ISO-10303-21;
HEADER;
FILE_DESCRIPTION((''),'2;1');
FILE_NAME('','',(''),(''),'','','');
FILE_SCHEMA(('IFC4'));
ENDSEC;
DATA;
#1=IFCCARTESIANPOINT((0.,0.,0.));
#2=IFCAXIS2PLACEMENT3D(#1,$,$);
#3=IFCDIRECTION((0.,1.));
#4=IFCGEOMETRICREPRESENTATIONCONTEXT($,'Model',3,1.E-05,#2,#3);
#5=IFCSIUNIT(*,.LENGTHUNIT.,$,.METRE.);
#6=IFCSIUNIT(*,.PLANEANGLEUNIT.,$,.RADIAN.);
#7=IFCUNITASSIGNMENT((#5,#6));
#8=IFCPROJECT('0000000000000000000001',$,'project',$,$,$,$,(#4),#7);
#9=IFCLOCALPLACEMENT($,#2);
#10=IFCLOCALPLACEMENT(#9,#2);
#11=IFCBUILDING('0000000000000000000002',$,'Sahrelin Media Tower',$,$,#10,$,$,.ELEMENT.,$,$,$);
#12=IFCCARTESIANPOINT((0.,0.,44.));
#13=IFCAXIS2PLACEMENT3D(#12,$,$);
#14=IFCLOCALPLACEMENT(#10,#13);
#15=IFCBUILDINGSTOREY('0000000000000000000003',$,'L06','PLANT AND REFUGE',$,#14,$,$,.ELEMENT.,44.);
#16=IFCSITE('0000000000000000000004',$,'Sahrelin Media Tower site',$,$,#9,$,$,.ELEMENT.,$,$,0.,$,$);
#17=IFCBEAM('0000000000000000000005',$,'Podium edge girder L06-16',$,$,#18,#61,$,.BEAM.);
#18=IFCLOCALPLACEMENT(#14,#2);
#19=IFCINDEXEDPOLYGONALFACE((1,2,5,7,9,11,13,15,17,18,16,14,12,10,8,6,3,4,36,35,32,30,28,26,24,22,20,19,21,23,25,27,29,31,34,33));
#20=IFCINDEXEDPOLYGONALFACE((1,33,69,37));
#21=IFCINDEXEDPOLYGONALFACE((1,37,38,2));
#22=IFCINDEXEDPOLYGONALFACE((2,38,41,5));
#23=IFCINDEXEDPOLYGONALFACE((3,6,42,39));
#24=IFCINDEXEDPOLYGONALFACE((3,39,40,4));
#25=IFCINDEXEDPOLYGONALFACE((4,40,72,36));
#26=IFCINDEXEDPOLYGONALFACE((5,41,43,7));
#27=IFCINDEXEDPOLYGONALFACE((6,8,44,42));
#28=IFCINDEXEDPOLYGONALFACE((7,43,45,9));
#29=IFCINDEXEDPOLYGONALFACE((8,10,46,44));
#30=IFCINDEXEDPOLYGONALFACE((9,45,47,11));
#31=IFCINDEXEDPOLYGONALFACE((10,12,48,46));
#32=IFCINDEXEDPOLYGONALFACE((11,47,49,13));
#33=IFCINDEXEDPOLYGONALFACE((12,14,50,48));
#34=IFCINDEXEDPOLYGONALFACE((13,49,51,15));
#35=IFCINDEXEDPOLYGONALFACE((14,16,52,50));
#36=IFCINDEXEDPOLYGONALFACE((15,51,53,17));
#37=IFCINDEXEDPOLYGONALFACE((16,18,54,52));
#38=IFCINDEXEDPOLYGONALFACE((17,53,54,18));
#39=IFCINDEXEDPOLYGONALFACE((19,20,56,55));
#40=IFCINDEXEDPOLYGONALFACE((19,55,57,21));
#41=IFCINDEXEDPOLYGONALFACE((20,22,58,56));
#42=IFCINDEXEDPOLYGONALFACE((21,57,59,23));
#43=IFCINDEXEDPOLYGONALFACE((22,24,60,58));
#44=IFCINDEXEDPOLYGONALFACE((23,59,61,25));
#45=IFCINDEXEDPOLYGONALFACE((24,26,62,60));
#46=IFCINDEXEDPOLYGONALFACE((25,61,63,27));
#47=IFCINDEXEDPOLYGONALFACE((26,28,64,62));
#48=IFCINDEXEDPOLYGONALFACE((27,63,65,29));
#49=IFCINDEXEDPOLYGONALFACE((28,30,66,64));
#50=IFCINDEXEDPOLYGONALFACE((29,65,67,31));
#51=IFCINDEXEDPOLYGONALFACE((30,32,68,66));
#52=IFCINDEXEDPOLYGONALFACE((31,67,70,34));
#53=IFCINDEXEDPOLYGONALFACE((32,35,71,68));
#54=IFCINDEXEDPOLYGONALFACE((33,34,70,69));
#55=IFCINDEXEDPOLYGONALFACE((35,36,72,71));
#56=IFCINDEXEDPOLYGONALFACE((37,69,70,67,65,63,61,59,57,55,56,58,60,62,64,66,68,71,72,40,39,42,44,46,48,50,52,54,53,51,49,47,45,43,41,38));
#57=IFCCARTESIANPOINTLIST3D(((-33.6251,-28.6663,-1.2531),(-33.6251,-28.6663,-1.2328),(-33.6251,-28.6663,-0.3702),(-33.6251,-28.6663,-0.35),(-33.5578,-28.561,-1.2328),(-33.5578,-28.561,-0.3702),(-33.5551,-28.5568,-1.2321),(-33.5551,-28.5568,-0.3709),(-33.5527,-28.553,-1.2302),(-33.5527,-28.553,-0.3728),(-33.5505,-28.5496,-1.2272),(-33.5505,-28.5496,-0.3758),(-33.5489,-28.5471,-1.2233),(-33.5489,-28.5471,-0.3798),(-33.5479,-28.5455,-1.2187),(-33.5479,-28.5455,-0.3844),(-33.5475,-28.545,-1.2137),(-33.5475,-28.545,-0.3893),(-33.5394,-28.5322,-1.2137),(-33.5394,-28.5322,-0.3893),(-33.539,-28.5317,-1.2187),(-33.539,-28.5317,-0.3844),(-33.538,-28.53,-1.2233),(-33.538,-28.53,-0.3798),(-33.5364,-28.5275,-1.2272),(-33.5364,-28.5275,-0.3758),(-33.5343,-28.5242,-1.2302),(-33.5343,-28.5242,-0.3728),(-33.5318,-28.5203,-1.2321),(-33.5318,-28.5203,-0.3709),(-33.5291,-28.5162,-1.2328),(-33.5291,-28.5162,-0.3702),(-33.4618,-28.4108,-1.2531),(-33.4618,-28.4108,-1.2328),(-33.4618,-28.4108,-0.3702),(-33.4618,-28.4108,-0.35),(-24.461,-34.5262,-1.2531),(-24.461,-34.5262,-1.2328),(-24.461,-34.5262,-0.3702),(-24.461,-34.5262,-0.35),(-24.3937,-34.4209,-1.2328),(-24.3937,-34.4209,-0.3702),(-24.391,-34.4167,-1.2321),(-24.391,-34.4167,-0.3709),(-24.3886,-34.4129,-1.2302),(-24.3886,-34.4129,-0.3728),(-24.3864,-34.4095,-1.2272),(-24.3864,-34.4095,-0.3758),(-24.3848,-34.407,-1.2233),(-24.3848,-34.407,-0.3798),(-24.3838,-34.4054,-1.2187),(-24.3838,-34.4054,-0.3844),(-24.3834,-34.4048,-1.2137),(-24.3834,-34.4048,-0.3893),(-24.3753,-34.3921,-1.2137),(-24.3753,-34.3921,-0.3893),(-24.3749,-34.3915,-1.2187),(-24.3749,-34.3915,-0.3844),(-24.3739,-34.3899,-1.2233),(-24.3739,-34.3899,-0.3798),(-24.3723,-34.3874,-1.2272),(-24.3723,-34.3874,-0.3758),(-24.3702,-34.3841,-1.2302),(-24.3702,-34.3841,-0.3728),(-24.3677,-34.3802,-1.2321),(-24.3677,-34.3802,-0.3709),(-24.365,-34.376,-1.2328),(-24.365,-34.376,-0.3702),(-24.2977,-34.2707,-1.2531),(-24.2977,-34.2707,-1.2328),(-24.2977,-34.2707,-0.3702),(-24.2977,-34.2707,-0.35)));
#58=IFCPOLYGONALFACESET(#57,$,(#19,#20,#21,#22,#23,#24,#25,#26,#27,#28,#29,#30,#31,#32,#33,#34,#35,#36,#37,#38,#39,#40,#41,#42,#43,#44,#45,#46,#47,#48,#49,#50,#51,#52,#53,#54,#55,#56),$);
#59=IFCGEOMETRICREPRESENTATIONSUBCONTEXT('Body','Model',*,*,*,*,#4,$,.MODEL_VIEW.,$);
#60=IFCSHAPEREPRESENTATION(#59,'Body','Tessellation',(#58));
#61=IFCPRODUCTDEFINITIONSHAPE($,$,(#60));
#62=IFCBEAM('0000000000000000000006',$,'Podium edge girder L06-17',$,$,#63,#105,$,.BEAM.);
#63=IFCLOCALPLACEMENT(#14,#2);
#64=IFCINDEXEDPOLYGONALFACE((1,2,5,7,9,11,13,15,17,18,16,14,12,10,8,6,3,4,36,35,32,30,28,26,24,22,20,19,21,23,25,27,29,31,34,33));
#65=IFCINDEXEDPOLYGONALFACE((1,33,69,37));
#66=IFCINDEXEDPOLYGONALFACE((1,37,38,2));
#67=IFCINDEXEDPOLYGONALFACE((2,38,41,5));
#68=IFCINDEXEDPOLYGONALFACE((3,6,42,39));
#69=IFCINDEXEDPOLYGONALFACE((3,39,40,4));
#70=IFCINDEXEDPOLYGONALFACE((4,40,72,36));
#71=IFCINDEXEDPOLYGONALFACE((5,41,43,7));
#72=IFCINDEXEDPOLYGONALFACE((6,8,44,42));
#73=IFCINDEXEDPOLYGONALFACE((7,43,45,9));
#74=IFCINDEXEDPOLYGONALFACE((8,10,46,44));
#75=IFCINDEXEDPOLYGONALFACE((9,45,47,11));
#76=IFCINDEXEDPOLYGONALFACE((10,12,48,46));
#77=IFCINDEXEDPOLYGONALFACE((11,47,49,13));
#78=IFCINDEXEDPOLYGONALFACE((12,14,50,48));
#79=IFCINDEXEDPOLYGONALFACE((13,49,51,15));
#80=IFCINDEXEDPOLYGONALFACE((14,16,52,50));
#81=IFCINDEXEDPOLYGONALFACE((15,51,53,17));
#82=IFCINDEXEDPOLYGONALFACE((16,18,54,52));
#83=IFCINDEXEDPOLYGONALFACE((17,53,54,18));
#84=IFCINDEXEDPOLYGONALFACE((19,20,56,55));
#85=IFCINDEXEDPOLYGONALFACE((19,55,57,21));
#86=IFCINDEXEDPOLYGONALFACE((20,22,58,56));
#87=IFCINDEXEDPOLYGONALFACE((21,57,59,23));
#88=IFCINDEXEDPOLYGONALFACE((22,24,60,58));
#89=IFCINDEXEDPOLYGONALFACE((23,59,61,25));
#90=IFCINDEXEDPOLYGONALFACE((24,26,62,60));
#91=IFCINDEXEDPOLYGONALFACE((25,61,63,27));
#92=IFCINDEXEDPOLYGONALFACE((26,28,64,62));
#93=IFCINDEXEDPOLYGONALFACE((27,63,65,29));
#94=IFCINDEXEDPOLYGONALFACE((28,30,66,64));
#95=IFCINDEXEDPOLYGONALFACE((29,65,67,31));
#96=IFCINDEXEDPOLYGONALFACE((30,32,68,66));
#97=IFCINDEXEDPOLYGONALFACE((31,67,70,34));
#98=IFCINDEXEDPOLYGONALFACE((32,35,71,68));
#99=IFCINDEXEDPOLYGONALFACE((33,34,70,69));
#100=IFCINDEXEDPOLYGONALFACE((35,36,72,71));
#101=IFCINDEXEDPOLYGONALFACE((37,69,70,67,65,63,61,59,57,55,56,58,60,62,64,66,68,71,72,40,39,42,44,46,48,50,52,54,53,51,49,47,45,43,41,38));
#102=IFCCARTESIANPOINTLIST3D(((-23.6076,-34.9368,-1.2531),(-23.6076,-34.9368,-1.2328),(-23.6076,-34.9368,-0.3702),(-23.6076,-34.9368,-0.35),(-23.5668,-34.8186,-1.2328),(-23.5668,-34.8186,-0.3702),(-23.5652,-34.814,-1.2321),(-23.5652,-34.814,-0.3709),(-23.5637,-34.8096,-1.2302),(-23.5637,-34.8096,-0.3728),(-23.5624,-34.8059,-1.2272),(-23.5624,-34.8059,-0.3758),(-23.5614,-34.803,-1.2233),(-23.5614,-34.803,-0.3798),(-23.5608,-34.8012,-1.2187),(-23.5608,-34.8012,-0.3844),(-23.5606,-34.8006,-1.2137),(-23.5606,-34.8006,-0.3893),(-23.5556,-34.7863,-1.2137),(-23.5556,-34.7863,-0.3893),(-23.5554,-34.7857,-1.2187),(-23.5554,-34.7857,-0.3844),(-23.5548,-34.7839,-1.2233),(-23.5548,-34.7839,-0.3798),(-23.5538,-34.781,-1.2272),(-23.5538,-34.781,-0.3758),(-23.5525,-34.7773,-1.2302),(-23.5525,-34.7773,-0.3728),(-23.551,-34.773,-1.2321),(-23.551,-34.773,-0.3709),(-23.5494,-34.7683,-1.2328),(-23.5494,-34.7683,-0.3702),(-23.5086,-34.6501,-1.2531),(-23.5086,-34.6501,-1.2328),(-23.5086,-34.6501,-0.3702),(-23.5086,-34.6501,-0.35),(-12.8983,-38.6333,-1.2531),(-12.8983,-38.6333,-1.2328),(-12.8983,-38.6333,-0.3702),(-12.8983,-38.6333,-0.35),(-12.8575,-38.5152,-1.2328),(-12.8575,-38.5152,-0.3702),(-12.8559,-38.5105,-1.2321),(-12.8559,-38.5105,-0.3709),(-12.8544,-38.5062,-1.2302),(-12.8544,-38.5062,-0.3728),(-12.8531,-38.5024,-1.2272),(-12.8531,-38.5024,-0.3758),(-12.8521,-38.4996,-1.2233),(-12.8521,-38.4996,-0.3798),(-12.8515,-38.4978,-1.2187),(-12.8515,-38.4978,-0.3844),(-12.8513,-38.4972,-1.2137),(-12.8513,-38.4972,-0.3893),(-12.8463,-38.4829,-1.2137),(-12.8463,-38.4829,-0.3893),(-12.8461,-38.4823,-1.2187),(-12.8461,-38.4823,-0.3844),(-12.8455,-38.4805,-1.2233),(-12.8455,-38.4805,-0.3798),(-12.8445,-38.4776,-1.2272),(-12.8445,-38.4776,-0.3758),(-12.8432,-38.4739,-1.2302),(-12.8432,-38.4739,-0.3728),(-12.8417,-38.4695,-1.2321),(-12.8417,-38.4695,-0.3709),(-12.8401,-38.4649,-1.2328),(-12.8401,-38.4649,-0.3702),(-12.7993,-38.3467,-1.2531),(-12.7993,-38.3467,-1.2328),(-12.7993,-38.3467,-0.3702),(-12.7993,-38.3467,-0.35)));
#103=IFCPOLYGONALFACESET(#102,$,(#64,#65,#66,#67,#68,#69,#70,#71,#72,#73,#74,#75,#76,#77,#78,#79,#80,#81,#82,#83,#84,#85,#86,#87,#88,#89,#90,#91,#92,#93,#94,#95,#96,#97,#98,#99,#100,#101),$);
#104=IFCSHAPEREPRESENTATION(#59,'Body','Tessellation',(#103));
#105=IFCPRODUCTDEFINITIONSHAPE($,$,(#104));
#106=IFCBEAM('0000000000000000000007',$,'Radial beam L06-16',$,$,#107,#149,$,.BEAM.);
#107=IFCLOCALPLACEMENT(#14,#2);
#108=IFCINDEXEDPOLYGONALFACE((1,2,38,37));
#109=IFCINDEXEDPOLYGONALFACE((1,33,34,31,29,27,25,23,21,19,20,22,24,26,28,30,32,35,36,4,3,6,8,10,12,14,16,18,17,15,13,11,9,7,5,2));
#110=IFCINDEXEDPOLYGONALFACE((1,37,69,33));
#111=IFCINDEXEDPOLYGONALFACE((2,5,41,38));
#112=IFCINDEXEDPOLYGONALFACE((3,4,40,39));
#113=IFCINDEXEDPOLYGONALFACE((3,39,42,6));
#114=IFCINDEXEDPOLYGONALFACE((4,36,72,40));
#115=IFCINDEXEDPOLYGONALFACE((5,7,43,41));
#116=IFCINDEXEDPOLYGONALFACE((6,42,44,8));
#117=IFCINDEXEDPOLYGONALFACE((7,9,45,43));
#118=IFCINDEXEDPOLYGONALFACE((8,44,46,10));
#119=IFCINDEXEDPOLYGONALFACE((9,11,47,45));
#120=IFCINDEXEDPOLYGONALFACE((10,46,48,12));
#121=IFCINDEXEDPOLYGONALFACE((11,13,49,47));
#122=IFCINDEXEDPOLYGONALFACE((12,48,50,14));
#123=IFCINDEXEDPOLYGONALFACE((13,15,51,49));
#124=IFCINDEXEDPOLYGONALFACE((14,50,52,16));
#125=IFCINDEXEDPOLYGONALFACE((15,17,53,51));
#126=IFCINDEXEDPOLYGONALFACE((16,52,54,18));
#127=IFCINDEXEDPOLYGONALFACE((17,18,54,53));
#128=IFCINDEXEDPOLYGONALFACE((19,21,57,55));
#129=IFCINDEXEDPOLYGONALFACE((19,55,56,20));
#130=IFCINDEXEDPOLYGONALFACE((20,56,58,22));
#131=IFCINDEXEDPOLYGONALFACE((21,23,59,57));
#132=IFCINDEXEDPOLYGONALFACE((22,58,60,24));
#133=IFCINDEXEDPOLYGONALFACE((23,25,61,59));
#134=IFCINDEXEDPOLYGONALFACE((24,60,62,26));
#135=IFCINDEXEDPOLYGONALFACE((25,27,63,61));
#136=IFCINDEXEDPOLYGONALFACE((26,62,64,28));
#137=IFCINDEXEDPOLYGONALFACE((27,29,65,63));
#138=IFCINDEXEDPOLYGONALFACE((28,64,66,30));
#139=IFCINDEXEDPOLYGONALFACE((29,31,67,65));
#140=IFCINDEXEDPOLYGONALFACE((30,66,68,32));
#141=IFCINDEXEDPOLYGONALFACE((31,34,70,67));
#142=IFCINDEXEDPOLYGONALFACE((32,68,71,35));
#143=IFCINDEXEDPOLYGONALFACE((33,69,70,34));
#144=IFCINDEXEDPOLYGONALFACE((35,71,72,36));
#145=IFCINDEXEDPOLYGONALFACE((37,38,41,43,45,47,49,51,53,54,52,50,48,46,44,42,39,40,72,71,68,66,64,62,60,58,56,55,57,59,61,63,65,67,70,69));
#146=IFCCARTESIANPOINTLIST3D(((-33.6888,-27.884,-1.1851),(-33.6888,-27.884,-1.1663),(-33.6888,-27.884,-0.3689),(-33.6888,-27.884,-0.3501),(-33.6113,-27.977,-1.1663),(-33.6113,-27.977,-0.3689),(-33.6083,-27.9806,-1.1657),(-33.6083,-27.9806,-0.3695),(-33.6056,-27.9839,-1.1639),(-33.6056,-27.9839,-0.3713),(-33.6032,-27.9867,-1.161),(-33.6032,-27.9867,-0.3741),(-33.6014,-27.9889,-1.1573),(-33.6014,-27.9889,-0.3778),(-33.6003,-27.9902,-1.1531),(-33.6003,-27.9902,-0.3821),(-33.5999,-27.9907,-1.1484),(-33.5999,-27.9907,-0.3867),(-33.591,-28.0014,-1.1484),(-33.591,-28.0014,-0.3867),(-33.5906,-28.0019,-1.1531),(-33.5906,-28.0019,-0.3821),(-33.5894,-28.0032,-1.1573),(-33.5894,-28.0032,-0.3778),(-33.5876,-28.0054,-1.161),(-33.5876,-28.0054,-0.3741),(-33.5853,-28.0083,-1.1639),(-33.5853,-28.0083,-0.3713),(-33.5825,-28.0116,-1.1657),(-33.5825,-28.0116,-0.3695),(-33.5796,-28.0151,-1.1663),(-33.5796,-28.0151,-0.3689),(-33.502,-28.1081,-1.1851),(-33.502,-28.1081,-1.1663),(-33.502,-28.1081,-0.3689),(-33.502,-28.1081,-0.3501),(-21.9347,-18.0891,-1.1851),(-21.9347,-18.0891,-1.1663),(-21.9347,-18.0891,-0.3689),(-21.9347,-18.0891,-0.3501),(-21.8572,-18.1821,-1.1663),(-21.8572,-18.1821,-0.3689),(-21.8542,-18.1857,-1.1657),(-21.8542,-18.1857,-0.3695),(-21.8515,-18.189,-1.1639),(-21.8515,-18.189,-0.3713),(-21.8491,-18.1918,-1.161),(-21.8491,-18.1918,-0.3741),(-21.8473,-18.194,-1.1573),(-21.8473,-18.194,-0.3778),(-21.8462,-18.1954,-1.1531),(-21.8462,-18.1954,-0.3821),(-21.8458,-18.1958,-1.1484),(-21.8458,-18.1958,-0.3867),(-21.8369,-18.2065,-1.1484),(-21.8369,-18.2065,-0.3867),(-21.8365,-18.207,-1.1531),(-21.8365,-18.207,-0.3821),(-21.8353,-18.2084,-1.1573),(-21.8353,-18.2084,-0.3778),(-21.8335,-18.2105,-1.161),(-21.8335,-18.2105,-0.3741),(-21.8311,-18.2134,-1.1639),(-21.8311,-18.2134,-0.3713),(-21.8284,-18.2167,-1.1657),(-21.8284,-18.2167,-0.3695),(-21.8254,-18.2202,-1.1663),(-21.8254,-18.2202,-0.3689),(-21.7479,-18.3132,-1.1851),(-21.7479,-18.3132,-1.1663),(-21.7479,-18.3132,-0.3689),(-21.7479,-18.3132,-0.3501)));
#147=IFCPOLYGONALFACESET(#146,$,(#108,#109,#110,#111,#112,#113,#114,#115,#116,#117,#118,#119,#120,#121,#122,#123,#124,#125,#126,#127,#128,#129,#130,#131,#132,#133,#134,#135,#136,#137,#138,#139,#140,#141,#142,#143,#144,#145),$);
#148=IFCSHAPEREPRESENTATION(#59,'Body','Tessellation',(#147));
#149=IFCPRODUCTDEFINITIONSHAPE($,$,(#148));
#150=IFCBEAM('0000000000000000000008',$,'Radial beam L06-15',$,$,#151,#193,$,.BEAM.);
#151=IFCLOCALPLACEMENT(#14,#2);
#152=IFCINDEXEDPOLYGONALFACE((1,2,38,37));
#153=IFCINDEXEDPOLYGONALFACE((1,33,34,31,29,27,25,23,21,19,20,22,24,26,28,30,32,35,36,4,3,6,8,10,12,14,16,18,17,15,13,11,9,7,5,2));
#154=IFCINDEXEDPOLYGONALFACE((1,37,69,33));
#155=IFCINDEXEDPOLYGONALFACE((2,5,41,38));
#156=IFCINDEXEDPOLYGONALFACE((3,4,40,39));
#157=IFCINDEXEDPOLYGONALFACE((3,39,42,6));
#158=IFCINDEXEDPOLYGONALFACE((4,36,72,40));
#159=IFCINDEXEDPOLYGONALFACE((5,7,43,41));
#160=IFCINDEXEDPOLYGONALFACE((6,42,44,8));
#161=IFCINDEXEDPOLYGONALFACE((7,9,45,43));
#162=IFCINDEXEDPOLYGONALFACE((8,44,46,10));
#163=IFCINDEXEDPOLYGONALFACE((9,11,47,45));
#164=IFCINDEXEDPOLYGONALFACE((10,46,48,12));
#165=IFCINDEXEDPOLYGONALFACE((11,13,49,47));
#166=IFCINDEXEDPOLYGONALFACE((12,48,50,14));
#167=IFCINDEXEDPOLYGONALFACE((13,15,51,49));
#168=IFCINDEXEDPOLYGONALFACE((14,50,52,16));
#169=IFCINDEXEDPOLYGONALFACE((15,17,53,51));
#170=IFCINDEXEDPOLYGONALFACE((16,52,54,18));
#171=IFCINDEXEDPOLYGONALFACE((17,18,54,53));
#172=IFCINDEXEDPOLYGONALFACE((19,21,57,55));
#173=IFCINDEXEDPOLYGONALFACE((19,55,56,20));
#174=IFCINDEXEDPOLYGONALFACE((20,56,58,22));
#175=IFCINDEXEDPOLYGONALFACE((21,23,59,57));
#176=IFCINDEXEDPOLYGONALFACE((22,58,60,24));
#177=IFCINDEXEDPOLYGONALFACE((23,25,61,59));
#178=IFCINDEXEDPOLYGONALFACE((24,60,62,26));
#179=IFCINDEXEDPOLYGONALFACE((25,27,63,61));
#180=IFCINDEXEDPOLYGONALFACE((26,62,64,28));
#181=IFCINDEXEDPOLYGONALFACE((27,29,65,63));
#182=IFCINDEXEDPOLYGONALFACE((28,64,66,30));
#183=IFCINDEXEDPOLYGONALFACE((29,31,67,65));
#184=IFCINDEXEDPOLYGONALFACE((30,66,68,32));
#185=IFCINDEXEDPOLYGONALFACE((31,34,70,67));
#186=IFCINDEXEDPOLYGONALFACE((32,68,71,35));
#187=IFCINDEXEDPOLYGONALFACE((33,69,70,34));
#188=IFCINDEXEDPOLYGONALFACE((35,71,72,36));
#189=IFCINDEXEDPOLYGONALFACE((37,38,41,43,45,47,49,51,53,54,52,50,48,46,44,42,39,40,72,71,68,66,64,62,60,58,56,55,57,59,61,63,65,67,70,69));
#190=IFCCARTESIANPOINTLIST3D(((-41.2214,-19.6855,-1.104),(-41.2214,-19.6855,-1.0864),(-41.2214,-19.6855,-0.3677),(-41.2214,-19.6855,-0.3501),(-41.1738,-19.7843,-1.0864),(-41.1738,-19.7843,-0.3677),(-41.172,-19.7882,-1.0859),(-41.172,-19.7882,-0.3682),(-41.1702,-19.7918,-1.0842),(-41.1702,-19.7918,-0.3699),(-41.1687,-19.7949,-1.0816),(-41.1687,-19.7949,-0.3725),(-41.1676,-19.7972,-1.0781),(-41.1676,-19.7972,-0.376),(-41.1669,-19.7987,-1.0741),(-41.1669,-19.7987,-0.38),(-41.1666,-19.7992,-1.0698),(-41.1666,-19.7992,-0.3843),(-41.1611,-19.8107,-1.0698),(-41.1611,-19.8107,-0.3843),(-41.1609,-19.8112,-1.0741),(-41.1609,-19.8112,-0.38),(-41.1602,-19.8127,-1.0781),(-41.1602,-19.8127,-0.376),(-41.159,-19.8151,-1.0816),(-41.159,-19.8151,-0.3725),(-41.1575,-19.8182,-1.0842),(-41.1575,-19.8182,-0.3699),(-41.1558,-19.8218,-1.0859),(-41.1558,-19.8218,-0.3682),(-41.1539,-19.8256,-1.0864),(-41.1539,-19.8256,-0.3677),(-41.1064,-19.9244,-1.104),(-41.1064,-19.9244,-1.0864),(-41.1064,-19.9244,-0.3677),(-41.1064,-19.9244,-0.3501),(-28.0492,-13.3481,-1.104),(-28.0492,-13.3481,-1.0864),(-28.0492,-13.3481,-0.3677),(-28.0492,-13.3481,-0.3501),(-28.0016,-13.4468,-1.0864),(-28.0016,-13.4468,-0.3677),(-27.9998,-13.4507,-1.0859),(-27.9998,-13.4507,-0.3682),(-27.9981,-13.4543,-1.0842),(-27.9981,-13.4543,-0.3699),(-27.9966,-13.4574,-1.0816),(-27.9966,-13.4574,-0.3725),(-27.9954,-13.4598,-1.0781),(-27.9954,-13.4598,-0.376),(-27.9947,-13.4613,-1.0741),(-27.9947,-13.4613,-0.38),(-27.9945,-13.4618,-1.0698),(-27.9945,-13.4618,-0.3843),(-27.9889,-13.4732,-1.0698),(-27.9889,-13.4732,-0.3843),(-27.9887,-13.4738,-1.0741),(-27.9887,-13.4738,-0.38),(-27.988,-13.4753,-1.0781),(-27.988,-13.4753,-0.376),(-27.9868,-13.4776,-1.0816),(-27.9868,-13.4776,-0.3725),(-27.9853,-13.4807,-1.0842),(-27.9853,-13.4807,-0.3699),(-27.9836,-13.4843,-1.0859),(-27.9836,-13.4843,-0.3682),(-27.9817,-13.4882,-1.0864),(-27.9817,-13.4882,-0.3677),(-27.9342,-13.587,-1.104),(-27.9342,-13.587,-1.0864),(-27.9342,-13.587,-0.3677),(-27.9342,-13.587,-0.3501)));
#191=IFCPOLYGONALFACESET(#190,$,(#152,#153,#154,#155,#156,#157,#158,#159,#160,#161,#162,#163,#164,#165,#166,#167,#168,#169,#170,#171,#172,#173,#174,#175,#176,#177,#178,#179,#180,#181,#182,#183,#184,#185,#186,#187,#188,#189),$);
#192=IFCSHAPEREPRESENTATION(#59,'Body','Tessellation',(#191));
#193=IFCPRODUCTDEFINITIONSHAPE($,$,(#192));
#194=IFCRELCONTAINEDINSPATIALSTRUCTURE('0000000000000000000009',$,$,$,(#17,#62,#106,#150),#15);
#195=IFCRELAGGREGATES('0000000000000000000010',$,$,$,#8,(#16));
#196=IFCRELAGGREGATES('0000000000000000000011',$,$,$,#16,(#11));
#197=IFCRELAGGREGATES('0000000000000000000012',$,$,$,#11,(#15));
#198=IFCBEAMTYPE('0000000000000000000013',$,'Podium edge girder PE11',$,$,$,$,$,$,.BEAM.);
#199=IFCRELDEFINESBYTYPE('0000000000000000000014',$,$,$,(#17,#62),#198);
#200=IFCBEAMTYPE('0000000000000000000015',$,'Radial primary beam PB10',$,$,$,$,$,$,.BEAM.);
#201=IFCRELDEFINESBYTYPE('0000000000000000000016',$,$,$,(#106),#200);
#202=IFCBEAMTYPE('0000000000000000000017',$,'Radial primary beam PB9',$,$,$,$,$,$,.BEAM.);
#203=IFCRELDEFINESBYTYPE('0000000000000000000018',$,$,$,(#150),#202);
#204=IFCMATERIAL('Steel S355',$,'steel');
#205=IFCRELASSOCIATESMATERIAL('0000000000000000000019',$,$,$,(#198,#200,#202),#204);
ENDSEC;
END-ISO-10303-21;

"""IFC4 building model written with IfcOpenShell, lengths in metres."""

from ifc_helpers import new_model, si_unit, direction, frame, origin, origin_2d, place, context, subcontext, project, spatial, i_section, extrude, material, material_profile, profile_set, type_object, element, save


model = new_model("IFC4")

# Units and contexts
model_context = context("Model", 3, precision=1e-05, world=origin(), true_north=direction((0.0, 1.0)))
body_context = subcontext(model_context, "Body", "Model", "MODEL_VIEW")
ifc_project = project(units=[si_unit("LENGTHUNIT", "METRE"), si_unit("PLANEANGLEUNIT", "RADIAN")], contexts=[model_context])

# Site, building, storey
site_placement = place(None, origin())
site = spatial("IfcSite", under=ifc_project, at=site_placement, Name="Sahrelin Media Tower site", CompositionType="ELEMENT", RefElevation=0.0)
building_placement = place(site_placement, origin())
building = spatial("IfcBuilding", under=site, at=building_placement, Name="Sahrelin Media Tower", CompositionType="ELEMENT")
storey_placement = place(building_placement, frame((0.0, 0.0, 44.0)))
storey = spatial("IfcBuildingStorey", under=building, at=storey_placement, Name="L06", Description="PLANT AND REFUGE", CompositionType="ELEMENT", Elevation=44.0)

# Beams
ifc_material_1 = material(Name="Steel S355", Category="steel")
ifc_material_profile_1 = material_profile(ifc_material_1, i_section(OverallWidth=0.3032, OverallDepth=0.9031, WebThickness=0.0151, FlangeThickness=0.0203, FilletRadius=0.019, at=origin_2d()), Name="UB 914x305x201")
ifc_profile_set_1 = profile_set([ifc_material_profile_1], Name="Steel S355")
beam_type_1 = type_object("IfcBeamType", Name="Podium edge girder PE11", PredefinedType="BEAM", material=ifc_profile_set_1)
beam_1_placement = place(storey_placement, frame((-33.5435, -28.5386, -0.8015), z_axis=(0.842486, -0.538719, 0.0), x_axis=(0.538719, 0.842486, 0.0)))
element("IfcBeam", 1, at=beam_1_placement, inside=storey, type_object=beam_type_1, Name="Podium edge girder L06-16", PredefinedType="BEAM", context=body_context, shape_type="SweptSolid", body=[
    extrude(i_section(OverallWidth=0.3032, OverallDepth=0.9031, WebThickness=0.0151, FlangeThickness=0.0203, FilletRadius=0.019, at=origin_2d()), origin(), (0.0, 0.0, 1.0), 10.8774),
])
beam_2_placement = place(storey_placement, frame((-23.5581, -34.7935, -0.8015), z_axis=(0.945272, -0.326282, 0.0), x_axis=(0.326282, 0.945272, 0.0)))
element("IfcBeam", 2, at=beam_2_placement, inside=storey, type_object=beam_type_1, Name="Podium edge girder L06-17", PredefinedType="BEAM", context=body_context, shape_type="SweptSolid", body=[
    extrude(i_section(OverallWidth=0.3032, OverallDepth=0.9031, WebThickness=0.0151, FlangeThickness=0.0203, FilletRadius=0.019, at=origin_2d()), origin(), (0.0, 0.0, 1.0), 11.3293),
])
ifc_material_profile_2 = material_profile(ifc_material_1, i_section(OverallWidth=0.2917, OverallDepth=0.835, WebThickness=0.0139, FlangeThickness=0.0188, FilletRadius=0.0178, at=origin_2d()), Name="UB 838x292x176")
ifc_profile_set_2 = profile_set([ifc_material_profile_2], Name="Steel S355")
beam_type_2 = type_object("IfcBeamType", Name="Radial primary beam PB10", PredefinedType="BEAM", material=ifc_profile_set_2)
beam_3_placement = place(storey_placement, frame((-21.8413, -18.2012, -0.7676), z_axis=(-0.768228, -0.640177, 0.0), x_axis=(0.640177, -0.768228, 0.0)))
element("IfcBeam", 3, at=beam_3_placement, inside=storey, type_object=beam_type_2, Name="Radial beam L06-16", PredefinedType="BEAM", context=body_context, shape_type="SweptSolid", body=[
    extrude(i_section(OverallWidth=0.2917, OverallDepth=0.835, WebThickness=0.0139, FlangeThickness=0.0188, FilletRadius=0.0178, at=origin_2d()), origin(), (0.0, 0.0, 1.0), 15.3003),
])
ifc_material_profile_3 = material_profile(ifc_material_1, i_section(OverallWidth=0.2651, OverallDepth=0.7539, WebThickness=0.0127, FlangeThickness=0.0176, FilletRadius=0.0166, at=origin_2d()), Name="UB 762x267x147")
ifc_profile_set_3 = profile_set([ifc_material_profile_3], Name="Steel S355")
beam_type_3 = type_object("IfcBeamType", Name="Radial primary beam PB9", PredefinedType="BEAM", material=ifc_profile_set_3)
beam_4_placement = place(storey_placement, frame((-27.9917, -13.4675, -0.7271), z_axis=(-0.901128, -0.433553, 0.0), x_axis=(0.433553, -0.901128, 0.0)))
element("IfcBeam", 4, at=beam_4_placement, inside=storey, type_object=beam_type_3, Name="Radial beam L06-15", PredefinedType="BEAM", context=body_context, shape_type="SweptSolid", body=[
    extrude(i_section(OverallWidth=0.2651, OverallDepth=0.7539, WebThickness=0.0127, FlangeThickness=0.0176, FilletRadius=0.0166, at=origin_2d()), origin(), (0.0, 0.0, 1.0), 14.6174),
])

save(model, "model.ifc")
